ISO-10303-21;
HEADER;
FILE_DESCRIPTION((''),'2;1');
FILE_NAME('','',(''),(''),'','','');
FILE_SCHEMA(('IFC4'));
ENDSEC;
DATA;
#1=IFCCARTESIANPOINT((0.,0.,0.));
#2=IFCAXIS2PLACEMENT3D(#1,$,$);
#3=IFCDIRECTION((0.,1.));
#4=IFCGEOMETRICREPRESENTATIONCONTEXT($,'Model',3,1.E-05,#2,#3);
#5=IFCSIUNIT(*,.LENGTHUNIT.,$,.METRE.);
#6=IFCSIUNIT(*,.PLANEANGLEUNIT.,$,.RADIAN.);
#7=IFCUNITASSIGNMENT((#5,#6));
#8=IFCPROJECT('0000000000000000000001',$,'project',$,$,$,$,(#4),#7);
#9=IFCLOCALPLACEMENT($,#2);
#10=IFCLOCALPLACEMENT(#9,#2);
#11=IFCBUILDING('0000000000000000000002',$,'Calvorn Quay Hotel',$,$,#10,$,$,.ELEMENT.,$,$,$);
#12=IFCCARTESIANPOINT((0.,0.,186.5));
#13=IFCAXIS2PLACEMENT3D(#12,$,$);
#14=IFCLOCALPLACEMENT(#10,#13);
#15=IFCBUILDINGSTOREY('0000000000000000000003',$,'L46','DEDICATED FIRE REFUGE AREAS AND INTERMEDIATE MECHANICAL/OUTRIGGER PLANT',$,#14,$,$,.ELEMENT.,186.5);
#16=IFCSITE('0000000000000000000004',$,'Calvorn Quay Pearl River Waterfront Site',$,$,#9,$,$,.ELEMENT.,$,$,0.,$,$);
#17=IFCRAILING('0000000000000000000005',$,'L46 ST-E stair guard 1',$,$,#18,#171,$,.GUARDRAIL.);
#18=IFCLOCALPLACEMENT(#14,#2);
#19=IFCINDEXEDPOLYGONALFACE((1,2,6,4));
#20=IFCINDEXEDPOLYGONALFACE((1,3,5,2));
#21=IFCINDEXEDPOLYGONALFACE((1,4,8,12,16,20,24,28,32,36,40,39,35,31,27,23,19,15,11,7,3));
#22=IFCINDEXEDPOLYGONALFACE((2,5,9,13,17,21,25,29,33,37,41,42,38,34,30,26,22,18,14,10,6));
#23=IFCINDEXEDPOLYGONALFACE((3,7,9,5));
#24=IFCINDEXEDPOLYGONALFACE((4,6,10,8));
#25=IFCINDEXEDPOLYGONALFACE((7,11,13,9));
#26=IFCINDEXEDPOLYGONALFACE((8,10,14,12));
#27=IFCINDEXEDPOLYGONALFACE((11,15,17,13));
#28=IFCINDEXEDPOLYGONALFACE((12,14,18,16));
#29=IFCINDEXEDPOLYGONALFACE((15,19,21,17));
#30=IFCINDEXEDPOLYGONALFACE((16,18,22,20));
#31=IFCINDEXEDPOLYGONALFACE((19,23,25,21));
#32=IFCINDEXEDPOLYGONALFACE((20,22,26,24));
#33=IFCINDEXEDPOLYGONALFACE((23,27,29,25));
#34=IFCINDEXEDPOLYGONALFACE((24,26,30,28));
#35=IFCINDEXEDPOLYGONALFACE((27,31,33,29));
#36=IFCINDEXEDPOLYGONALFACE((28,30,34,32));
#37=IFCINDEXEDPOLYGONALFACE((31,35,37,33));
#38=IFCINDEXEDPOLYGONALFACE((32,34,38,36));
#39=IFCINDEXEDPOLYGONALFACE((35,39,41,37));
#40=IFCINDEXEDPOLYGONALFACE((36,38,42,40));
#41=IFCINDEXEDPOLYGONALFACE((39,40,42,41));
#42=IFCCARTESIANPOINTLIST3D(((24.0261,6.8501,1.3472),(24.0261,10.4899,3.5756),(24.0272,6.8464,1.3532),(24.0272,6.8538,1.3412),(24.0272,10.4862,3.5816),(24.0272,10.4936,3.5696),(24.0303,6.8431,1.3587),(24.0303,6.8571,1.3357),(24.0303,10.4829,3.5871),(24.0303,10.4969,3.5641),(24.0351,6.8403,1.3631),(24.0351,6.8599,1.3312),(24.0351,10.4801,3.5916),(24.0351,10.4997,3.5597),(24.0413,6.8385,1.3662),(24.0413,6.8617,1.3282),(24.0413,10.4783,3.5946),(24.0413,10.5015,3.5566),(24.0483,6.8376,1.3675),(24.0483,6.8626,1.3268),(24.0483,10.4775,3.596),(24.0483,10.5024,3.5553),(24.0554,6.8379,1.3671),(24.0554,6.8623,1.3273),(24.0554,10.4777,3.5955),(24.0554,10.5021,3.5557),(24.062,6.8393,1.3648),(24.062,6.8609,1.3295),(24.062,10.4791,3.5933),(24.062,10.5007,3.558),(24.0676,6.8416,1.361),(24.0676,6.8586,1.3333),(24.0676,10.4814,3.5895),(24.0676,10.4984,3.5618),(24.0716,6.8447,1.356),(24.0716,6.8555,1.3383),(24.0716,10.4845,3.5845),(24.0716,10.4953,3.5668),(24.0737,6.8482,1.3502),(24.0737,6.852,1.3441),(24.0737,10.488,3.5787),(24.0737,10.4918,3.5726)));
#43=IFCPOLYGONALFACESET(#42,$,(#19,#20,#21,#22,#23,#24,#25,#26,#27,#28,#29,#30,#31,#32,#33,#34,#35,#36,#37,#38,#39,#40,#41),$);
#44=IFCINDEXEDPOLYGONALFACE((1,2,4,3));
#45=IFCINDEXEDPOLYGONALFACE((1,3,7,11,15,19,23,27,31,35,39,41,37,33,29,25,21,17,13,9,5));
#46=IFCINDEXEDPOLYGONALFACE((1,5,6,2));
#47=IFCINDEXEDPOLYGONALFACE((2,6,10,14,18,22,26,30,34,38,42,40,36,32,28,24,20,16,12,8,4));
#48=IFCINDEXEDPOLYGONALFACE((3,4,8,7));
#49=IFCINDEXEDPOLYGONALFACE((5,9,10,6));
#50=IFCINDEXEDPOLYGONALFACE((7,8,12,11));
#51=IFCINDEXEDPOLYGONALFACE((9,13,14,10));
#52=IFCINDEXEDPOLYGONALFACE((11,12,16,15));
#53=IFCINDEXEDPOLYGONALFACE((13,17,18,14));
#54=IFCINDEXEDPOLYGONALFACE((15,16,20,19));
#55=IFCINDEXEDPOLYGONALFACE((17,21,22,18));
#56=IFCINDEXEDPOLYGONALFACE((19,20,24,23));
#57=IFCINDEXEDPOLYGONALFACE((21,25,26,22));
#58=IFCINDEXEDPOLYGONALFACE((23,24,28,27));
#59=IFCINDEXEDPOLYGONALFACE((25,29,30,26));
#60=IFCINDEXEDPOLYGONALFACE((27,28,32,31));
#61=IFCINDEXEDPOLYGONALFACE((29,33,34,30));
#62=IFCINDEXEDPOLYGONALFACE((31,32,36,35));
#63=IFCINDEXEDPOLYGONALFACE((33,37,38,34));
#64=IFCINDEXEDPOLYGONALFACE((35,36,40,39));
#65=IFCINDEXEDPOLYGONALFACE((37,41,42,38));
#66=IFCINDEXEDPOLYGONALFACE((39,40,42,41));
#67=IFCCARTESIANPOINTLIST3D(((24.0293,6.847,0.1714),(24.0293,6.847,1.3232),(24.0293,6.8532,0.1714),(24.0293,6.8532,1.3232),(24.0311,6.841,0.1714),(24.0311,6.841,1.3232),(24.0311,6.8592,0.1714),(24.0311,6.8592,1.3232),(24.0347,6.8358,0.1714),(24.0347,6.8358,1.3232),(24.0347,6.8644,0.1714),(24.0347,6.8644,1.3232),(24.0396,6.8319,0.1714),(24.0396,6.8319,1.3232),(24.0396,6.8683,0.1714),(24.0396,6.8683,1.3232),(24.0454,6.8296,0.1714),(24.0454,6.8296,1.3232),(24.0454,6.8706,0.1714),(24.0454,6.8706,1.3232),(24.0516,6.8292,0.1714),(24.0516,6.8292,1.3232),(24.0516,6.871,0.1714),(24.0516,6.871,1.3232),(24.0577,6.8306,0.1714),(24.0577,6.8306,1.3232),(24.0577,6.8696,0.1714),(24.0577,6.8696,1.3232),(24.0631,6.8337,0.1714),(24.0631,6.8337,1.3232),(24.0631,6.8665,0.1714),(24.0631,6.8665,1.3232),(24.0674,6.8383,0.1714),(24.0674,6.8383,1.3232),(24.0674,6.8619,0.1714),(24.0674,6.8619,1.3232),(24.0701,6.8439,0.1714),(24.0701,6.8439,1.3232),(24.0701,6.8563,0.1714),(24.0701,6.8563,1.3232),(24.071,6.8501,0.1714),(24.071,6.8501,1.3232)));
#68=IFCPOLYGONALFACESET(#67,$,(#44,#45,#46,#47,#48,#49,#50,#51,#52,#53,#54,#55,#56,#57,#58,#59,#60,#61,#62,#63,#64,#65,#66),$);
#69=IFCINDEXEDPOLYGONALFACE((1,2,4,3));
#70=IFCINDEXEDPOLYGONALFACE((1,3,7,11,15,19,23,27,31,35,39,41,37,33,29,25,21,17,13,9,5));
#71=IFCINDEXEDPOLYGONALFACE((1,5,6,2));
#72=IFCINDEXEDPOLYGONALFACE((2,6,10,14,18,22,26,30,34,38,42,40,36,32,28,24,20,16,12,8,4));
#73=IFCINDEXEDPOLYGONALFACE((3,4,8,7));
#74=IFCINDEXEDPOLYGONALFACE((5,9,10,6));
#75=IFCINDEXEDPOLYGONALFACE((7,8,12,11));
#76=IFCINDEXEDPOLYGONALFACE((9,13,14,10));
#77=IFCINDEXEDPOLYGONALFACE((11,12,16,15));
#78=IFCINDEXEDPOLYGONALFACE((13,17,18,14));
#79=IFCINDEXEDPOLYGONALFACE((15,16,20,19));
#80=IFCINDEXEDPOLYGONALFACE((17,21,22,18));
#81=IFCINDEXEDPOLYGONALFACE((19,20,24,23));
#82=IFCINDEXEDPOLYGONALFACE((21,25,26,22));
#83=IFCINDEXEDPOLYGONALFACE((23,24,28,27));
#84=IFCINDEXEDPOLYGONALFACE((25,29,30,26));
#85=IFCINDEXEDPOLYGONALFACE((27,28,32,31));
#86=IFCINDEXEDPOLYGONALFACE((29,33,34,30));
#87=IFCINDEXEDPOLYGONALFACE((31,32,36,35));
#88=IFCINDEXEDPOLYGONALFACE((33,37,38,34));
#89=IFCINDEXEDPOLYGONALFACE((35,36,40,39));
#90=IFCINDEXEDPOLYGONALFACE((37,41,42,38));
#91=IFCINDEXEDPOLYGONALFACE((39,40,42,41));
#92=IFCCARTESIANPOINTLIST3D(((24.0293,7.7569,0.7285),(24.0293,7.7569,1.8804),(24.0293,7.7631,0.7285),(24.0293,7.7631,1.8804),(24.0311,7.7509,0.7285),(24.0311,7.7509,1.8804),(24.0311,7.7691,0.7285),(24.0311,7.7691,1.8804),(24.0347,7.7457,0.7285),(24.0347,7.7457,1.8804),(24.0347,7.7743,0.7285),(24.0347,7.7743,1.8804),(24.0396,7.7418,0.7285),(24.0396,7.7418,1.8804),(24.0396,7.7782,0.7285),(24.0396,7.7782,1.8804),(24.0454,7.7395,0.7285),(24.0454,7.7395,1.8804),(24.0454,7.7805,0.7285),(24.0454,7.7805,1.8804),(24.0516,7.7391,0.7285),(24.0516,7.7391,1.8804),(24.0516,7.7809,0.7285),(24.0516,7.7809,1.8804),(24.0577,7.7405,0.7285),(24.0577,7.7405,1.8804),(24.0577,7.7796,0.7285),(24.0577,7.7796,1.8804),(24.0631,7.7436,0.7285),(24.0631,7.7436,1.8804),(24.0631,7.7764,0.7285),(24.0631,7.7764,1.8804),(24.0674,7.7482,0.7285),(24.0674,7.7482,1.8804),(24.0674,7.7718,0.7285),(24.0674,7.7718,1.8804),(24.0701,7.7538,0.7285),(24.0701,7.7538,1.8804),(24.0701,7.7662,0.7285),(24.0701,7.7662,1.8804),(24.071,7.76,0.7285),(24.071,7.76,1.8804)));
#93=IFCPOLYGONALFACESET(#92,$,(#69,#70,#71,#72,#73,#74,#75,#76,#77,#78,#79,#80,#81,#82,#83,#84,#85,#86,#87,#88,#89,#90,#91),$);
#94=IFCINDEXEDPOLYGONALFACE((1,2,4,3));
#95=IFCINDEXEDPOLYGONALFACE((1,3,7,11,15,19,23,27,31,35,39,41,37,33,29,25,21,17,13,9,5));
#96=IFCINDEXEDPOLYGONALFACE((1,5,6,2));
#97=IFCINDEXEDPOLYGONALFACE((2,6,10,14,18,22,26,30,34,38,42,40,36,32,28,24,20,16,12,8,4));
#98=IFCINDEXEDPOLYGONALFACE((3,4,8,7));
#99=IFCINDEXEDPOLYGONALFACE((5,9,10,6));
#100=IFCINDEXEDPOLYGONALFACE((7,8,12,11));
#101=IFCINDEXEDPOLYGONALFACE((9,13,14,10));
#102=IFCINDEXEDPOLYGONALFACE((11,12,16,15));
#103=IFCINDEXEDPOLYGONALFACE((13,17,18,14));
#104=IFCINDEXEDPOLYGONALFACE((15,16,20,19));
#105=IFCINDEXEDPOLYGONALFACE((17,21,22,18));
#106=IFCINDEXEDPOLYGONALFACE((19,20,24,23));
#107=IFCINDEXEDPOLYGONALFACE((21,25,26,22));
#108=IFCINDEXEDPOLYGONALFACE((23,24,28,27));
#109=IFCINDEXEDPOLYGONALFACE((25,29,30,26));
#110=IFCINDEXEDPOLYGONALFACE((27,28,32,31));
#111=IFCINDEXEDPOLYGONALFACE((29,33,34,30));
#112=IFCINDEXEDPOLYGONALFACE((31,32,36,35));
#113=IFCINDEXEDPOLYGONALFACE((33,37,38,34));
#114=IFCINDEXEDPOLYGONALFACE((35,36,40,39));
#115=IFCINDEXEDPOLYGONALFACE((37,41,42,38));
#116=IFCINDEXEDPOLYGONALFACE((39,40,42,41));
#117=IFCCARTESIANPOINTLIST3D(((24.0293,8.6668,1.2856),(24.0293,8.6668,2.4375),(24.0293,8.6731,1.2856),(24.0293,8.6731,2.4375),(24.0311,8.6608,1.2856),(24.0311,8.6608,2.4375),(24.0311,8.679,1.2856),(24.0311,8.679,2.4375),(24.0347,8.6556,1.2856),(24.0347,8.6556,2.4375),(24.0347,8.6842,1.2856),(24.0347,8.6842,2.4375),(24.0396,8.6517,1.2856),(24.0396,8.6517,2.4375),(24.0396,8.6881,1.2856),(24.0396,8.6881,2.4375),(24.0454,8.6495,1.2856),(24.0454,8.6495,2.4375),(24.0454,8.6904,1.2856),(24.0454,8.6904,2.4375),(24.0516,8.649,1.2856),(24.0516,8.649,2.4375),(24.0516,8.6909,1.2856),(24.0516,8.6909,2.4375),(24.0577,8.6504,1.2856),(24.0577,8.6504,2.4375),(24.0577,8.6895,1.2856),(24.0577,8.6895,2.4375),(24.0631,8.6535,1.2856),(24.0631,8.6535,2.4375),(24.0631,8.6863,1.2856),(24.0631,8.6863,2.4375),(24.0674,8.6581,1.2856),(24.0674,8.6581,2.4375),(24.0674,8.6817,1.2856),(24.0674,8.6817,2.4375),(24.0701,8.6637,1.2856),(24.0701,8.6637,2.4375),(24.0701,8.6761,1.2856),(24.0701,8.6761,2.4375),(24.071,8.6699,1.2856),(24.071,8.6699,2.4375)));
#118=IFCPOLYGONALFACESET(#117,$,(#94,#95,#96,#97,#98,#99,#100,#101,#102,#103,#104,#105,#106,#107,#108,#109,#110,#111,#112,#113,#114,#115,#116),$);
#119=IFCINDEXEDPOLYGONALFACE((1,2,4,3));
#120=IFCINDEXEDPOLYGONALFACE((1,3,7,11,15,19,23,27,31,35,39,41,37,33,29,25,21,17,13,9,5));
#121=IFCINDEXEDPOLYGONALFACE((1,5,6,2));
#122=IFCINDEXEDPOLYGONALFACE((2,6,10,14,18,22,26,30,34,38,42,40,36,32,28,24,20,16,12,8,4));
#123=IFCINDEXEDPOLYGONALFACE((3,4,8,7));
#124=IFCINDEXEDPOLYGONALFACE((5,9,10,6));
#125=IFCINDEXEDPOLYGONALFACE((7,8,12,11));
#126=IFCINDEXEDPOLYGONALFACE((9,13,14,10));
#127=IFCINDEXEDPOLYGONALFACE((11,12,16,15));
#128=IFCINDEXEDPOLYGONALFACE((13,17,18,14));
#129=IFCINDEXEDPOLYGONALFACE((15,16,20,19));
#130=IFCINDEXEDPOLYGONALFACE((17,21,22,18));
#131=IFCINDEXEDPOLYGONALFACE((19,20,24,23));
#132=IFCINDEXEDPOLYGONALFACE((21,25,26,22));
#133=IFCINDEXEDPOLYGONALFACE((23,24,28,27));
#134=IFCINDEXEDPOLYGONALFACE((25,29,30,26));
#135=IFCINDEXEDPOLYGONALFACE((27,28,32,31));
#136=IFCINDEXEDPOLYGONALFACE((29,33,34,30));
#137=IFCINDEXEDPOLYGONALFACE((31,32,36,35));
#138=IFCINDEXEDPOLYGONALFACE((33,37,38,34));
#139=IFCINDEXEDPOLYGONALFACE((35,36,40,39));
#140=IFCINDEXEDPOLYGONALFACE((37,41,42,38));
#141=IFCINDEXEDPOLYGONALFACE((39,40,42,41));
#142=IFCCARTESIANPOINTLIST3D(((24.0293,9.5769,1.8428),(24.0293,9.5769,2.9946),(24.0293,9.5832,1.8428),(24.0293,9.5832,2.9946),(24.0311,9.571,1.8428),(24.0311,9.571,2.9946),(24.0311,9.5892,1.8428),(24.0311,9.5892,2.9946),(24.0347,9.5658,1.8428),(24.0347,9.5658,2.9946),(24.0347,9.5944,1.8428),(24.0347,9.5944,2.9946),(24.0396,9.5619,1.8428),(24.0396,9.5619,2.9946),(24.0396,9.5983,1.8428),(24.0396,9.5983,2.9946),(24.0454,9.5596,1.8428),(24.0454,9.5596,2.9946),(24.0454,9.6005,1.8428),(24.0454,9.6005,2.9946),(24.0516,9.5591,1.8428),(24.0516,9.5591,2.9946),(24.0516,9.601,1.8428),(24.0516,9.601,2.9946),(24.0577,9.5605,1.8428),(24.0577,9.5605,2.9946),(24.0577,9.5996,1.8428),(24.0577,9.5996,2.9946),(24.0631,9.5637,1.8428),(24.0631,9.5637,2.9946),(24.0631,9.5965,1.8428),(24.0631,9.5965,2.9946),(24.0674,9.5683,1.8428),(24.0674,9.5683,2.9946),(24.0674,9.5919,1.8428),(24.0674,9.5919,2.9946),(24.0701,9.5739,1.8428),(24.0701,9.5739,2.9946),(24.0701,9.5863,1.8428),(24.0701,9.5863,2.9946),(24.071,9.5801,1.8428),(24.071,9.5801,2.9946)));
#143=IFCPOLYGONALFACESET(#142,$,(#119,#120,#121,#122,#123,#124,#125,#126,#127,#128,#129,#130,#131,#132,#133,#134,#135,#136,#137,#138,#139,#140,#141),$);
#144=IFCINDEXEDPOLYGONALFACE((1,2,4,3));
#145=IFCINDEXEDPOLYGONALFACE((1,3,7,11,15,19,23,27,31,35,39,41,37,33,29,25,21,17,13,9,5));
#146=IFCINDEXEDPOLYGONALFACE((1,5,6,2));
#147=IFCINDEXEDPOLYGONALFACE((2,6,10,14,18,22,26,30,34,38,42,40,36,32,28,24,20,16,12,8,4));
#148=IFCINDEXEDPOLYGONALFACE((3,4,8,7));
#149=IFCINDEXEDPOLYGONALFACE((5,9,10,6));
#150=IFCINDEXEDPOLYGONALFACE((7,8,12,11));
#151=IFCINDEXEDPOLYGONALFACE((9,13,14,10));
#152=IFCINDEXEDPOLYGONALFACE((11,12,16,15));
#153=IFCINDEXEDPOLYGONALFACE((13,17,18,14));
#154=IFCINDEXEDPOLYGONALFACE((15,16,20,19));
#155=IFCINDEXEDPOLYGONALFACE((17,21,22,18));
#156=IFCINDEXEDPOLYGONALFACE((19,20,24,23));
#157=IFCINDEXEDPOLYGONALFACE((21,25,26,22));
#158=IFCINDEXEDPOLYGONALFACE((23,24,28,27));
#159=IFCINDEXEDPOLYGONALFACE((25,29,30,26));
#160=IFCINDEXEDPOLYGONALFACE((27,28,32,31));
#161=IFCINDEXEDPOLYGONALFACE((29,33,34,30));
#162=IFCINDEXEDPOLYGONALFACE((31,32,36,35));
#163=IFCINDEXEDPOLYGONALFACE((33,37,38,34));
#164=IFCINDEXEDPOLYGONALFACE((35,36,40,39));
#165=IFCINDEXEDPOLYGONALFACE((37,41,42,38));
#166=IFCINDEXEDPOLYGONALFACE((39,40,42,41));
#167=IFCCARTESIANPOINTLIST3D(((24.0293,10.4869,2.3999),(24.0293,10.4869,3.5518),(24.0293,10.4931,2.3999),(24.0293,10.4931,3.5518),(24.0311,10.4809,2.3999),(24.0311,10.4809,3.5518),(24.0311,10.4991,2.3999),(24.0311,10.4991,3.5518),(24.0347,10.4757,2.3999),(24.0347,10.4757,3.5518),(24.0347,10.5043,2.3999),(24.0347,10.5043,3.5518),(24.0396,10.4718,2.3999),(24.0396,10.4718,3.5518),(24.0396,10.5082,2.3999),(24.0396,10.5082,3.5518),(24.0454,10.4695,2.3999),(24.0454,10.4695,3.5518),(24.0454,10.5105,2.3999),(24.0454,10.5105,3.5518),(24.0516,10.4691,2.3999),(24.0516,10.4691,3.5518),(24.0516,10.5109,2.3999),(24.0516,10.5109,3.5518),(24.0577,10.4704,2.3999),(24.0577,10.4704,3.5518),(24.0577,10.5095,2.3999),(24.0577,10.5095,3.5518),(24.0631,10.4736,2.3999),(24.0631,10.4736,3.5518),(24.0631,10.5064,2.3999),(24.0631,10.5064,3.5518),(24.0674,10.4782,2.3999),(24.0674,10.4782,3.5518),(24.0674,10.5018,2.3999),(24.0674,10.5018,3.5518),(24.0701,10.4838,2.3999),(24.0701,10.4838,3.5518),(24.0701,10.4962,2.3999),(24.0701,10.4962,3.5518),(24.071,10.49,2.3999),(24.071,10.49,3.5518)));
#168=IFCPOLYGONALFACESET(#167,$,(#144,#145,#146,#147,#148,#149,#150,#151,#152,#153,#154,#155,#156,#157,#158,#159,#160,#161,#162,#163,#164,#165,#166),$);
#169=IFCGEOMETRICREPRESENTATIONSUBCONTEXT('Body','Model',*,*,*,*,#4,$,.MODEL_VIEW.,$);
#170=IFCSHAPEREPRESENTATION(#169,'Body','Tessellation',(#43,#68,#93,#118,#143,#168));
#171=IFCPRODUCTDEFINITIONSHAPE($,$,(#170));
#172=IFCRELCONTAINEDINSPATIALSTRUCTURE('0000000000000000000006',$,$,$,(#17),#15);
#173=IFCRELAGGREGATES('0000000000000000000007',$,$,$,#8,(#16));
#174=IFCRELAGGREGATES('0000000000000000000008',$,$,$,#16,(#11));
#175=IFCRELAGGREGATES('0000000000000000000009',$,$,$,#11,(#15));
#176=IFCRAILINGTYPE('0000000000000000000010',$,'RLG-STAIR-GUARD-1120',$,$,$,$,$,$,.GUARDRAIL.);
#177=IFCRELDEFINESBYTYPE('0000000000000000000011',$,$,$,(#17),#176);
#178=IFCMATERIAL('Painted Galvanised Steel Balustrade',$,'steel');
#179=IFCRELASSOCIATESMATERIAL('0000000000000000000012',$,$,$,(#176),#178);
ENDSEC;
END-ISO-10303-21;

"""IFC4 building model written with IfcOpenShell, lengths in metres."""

from ifc_helpers import new_model, si_unit, direction, frame, origin, origin_2d, place, context, subcontext, project, spatial, circle, extrude, material, type_object, element, save


model = new_model("IFC4")

# Units and contexts
model_context = context("Model", 3, precision=1e-05, world=origin(), true_north=direction((0.0, 1.0)))
body_context = subcontext(model_context, "Body", "Model", "MODEL_VIEW")
ifc_project = project(units=[si_unit("LENGTHUNIT", "METRE"), si_unit("PLANEANGLEUNIT", "RADIAN")], contexts=[model_context])

# Site, building, storey
site_placement = place(None, origin())
site = spatial("IfcSite", under=ifc_project, at=site_placement, Name="Calvorn Quay Pearl River Waterfront Site", CompositionType="ELEMENT", RefElevation=0.0)
building_placement = place(site_placement, origin())
building = spatial("IfcBuilding", under=site, at=building_placement, Name="Calvorn Quay Hotel", CompositionType="ELEMENT")
storey_placement = place(building_placement, frame((0.0, 0.0, 186.5)))
storey = spatial("IfcBuildingStorey", under=building, at=storey_placement, Name="L46", Description="DEDICATED FIRE REFUGE AREAS AND INTERMEDIATE MECHANICAL/OUTRIGGER PLANT", CompositionType="ELEMENT", Elevation=186.5)

# Railing
ifc_material_1 = material(Name="Painted Galvanised Steel Balustrade", Category="steel")
railing_type_1 = type_object("IfcRailingType", Name="RLG-STAIR-GUARD-1120", PredefinedType="GUARDRAIL", material=ifc_material_1)
railing_1_placement = place(storey_placement, frame((24.05, 6.8501, 0.1714)))
element("IfcRailing", 1, at=railing_1_placement, inside=storey, type_object=railing_type_1, Name="L46 ST-E stair guard 1", PredefinedType="GUARDRAIL", context=body_context, shape_type="SweptSolid", body=[
    extrude(circle(Radius=0.0239, at=origin_2d()), frame((0.0, 0.0, 1.1758), z_axis=(0.0, 0.85285, 0.522156), x_axis=(-1.0, 0.0, 0.0)), (0.0, 0.0, 1.0), 4.2678),
    extrude(circle(Radius=0.021, at=origin_2d()), origin(), (0.0, 0.0, 1.0), 1.1519),
    extrude(circle(Radius=0.021, at=origin_2d()), frame((0.0, 0.9099, 0.5571)), (0.0, 0.0, 1.0), 1.1519),
    extrude(circle(Radius=0.021, at=origin_2d()), frame((0.0, 1.8198, 1.1143)), (0.0, 0.0, 1.0), 1.1519),
    extrude(circle(Radius=0.021, at=origin_2d()), frame((0.0, 2.73, 1.6714)), (0.0, 0.0, 1.0), 1.1519),
    extrude(circle(Radius=0.021, at=origin_2d()), frame((0.0, 3.6399, 2.2285)), (0.0, 0.0, 1.0), 1.1519),
])

save(model, "model.ifc")
